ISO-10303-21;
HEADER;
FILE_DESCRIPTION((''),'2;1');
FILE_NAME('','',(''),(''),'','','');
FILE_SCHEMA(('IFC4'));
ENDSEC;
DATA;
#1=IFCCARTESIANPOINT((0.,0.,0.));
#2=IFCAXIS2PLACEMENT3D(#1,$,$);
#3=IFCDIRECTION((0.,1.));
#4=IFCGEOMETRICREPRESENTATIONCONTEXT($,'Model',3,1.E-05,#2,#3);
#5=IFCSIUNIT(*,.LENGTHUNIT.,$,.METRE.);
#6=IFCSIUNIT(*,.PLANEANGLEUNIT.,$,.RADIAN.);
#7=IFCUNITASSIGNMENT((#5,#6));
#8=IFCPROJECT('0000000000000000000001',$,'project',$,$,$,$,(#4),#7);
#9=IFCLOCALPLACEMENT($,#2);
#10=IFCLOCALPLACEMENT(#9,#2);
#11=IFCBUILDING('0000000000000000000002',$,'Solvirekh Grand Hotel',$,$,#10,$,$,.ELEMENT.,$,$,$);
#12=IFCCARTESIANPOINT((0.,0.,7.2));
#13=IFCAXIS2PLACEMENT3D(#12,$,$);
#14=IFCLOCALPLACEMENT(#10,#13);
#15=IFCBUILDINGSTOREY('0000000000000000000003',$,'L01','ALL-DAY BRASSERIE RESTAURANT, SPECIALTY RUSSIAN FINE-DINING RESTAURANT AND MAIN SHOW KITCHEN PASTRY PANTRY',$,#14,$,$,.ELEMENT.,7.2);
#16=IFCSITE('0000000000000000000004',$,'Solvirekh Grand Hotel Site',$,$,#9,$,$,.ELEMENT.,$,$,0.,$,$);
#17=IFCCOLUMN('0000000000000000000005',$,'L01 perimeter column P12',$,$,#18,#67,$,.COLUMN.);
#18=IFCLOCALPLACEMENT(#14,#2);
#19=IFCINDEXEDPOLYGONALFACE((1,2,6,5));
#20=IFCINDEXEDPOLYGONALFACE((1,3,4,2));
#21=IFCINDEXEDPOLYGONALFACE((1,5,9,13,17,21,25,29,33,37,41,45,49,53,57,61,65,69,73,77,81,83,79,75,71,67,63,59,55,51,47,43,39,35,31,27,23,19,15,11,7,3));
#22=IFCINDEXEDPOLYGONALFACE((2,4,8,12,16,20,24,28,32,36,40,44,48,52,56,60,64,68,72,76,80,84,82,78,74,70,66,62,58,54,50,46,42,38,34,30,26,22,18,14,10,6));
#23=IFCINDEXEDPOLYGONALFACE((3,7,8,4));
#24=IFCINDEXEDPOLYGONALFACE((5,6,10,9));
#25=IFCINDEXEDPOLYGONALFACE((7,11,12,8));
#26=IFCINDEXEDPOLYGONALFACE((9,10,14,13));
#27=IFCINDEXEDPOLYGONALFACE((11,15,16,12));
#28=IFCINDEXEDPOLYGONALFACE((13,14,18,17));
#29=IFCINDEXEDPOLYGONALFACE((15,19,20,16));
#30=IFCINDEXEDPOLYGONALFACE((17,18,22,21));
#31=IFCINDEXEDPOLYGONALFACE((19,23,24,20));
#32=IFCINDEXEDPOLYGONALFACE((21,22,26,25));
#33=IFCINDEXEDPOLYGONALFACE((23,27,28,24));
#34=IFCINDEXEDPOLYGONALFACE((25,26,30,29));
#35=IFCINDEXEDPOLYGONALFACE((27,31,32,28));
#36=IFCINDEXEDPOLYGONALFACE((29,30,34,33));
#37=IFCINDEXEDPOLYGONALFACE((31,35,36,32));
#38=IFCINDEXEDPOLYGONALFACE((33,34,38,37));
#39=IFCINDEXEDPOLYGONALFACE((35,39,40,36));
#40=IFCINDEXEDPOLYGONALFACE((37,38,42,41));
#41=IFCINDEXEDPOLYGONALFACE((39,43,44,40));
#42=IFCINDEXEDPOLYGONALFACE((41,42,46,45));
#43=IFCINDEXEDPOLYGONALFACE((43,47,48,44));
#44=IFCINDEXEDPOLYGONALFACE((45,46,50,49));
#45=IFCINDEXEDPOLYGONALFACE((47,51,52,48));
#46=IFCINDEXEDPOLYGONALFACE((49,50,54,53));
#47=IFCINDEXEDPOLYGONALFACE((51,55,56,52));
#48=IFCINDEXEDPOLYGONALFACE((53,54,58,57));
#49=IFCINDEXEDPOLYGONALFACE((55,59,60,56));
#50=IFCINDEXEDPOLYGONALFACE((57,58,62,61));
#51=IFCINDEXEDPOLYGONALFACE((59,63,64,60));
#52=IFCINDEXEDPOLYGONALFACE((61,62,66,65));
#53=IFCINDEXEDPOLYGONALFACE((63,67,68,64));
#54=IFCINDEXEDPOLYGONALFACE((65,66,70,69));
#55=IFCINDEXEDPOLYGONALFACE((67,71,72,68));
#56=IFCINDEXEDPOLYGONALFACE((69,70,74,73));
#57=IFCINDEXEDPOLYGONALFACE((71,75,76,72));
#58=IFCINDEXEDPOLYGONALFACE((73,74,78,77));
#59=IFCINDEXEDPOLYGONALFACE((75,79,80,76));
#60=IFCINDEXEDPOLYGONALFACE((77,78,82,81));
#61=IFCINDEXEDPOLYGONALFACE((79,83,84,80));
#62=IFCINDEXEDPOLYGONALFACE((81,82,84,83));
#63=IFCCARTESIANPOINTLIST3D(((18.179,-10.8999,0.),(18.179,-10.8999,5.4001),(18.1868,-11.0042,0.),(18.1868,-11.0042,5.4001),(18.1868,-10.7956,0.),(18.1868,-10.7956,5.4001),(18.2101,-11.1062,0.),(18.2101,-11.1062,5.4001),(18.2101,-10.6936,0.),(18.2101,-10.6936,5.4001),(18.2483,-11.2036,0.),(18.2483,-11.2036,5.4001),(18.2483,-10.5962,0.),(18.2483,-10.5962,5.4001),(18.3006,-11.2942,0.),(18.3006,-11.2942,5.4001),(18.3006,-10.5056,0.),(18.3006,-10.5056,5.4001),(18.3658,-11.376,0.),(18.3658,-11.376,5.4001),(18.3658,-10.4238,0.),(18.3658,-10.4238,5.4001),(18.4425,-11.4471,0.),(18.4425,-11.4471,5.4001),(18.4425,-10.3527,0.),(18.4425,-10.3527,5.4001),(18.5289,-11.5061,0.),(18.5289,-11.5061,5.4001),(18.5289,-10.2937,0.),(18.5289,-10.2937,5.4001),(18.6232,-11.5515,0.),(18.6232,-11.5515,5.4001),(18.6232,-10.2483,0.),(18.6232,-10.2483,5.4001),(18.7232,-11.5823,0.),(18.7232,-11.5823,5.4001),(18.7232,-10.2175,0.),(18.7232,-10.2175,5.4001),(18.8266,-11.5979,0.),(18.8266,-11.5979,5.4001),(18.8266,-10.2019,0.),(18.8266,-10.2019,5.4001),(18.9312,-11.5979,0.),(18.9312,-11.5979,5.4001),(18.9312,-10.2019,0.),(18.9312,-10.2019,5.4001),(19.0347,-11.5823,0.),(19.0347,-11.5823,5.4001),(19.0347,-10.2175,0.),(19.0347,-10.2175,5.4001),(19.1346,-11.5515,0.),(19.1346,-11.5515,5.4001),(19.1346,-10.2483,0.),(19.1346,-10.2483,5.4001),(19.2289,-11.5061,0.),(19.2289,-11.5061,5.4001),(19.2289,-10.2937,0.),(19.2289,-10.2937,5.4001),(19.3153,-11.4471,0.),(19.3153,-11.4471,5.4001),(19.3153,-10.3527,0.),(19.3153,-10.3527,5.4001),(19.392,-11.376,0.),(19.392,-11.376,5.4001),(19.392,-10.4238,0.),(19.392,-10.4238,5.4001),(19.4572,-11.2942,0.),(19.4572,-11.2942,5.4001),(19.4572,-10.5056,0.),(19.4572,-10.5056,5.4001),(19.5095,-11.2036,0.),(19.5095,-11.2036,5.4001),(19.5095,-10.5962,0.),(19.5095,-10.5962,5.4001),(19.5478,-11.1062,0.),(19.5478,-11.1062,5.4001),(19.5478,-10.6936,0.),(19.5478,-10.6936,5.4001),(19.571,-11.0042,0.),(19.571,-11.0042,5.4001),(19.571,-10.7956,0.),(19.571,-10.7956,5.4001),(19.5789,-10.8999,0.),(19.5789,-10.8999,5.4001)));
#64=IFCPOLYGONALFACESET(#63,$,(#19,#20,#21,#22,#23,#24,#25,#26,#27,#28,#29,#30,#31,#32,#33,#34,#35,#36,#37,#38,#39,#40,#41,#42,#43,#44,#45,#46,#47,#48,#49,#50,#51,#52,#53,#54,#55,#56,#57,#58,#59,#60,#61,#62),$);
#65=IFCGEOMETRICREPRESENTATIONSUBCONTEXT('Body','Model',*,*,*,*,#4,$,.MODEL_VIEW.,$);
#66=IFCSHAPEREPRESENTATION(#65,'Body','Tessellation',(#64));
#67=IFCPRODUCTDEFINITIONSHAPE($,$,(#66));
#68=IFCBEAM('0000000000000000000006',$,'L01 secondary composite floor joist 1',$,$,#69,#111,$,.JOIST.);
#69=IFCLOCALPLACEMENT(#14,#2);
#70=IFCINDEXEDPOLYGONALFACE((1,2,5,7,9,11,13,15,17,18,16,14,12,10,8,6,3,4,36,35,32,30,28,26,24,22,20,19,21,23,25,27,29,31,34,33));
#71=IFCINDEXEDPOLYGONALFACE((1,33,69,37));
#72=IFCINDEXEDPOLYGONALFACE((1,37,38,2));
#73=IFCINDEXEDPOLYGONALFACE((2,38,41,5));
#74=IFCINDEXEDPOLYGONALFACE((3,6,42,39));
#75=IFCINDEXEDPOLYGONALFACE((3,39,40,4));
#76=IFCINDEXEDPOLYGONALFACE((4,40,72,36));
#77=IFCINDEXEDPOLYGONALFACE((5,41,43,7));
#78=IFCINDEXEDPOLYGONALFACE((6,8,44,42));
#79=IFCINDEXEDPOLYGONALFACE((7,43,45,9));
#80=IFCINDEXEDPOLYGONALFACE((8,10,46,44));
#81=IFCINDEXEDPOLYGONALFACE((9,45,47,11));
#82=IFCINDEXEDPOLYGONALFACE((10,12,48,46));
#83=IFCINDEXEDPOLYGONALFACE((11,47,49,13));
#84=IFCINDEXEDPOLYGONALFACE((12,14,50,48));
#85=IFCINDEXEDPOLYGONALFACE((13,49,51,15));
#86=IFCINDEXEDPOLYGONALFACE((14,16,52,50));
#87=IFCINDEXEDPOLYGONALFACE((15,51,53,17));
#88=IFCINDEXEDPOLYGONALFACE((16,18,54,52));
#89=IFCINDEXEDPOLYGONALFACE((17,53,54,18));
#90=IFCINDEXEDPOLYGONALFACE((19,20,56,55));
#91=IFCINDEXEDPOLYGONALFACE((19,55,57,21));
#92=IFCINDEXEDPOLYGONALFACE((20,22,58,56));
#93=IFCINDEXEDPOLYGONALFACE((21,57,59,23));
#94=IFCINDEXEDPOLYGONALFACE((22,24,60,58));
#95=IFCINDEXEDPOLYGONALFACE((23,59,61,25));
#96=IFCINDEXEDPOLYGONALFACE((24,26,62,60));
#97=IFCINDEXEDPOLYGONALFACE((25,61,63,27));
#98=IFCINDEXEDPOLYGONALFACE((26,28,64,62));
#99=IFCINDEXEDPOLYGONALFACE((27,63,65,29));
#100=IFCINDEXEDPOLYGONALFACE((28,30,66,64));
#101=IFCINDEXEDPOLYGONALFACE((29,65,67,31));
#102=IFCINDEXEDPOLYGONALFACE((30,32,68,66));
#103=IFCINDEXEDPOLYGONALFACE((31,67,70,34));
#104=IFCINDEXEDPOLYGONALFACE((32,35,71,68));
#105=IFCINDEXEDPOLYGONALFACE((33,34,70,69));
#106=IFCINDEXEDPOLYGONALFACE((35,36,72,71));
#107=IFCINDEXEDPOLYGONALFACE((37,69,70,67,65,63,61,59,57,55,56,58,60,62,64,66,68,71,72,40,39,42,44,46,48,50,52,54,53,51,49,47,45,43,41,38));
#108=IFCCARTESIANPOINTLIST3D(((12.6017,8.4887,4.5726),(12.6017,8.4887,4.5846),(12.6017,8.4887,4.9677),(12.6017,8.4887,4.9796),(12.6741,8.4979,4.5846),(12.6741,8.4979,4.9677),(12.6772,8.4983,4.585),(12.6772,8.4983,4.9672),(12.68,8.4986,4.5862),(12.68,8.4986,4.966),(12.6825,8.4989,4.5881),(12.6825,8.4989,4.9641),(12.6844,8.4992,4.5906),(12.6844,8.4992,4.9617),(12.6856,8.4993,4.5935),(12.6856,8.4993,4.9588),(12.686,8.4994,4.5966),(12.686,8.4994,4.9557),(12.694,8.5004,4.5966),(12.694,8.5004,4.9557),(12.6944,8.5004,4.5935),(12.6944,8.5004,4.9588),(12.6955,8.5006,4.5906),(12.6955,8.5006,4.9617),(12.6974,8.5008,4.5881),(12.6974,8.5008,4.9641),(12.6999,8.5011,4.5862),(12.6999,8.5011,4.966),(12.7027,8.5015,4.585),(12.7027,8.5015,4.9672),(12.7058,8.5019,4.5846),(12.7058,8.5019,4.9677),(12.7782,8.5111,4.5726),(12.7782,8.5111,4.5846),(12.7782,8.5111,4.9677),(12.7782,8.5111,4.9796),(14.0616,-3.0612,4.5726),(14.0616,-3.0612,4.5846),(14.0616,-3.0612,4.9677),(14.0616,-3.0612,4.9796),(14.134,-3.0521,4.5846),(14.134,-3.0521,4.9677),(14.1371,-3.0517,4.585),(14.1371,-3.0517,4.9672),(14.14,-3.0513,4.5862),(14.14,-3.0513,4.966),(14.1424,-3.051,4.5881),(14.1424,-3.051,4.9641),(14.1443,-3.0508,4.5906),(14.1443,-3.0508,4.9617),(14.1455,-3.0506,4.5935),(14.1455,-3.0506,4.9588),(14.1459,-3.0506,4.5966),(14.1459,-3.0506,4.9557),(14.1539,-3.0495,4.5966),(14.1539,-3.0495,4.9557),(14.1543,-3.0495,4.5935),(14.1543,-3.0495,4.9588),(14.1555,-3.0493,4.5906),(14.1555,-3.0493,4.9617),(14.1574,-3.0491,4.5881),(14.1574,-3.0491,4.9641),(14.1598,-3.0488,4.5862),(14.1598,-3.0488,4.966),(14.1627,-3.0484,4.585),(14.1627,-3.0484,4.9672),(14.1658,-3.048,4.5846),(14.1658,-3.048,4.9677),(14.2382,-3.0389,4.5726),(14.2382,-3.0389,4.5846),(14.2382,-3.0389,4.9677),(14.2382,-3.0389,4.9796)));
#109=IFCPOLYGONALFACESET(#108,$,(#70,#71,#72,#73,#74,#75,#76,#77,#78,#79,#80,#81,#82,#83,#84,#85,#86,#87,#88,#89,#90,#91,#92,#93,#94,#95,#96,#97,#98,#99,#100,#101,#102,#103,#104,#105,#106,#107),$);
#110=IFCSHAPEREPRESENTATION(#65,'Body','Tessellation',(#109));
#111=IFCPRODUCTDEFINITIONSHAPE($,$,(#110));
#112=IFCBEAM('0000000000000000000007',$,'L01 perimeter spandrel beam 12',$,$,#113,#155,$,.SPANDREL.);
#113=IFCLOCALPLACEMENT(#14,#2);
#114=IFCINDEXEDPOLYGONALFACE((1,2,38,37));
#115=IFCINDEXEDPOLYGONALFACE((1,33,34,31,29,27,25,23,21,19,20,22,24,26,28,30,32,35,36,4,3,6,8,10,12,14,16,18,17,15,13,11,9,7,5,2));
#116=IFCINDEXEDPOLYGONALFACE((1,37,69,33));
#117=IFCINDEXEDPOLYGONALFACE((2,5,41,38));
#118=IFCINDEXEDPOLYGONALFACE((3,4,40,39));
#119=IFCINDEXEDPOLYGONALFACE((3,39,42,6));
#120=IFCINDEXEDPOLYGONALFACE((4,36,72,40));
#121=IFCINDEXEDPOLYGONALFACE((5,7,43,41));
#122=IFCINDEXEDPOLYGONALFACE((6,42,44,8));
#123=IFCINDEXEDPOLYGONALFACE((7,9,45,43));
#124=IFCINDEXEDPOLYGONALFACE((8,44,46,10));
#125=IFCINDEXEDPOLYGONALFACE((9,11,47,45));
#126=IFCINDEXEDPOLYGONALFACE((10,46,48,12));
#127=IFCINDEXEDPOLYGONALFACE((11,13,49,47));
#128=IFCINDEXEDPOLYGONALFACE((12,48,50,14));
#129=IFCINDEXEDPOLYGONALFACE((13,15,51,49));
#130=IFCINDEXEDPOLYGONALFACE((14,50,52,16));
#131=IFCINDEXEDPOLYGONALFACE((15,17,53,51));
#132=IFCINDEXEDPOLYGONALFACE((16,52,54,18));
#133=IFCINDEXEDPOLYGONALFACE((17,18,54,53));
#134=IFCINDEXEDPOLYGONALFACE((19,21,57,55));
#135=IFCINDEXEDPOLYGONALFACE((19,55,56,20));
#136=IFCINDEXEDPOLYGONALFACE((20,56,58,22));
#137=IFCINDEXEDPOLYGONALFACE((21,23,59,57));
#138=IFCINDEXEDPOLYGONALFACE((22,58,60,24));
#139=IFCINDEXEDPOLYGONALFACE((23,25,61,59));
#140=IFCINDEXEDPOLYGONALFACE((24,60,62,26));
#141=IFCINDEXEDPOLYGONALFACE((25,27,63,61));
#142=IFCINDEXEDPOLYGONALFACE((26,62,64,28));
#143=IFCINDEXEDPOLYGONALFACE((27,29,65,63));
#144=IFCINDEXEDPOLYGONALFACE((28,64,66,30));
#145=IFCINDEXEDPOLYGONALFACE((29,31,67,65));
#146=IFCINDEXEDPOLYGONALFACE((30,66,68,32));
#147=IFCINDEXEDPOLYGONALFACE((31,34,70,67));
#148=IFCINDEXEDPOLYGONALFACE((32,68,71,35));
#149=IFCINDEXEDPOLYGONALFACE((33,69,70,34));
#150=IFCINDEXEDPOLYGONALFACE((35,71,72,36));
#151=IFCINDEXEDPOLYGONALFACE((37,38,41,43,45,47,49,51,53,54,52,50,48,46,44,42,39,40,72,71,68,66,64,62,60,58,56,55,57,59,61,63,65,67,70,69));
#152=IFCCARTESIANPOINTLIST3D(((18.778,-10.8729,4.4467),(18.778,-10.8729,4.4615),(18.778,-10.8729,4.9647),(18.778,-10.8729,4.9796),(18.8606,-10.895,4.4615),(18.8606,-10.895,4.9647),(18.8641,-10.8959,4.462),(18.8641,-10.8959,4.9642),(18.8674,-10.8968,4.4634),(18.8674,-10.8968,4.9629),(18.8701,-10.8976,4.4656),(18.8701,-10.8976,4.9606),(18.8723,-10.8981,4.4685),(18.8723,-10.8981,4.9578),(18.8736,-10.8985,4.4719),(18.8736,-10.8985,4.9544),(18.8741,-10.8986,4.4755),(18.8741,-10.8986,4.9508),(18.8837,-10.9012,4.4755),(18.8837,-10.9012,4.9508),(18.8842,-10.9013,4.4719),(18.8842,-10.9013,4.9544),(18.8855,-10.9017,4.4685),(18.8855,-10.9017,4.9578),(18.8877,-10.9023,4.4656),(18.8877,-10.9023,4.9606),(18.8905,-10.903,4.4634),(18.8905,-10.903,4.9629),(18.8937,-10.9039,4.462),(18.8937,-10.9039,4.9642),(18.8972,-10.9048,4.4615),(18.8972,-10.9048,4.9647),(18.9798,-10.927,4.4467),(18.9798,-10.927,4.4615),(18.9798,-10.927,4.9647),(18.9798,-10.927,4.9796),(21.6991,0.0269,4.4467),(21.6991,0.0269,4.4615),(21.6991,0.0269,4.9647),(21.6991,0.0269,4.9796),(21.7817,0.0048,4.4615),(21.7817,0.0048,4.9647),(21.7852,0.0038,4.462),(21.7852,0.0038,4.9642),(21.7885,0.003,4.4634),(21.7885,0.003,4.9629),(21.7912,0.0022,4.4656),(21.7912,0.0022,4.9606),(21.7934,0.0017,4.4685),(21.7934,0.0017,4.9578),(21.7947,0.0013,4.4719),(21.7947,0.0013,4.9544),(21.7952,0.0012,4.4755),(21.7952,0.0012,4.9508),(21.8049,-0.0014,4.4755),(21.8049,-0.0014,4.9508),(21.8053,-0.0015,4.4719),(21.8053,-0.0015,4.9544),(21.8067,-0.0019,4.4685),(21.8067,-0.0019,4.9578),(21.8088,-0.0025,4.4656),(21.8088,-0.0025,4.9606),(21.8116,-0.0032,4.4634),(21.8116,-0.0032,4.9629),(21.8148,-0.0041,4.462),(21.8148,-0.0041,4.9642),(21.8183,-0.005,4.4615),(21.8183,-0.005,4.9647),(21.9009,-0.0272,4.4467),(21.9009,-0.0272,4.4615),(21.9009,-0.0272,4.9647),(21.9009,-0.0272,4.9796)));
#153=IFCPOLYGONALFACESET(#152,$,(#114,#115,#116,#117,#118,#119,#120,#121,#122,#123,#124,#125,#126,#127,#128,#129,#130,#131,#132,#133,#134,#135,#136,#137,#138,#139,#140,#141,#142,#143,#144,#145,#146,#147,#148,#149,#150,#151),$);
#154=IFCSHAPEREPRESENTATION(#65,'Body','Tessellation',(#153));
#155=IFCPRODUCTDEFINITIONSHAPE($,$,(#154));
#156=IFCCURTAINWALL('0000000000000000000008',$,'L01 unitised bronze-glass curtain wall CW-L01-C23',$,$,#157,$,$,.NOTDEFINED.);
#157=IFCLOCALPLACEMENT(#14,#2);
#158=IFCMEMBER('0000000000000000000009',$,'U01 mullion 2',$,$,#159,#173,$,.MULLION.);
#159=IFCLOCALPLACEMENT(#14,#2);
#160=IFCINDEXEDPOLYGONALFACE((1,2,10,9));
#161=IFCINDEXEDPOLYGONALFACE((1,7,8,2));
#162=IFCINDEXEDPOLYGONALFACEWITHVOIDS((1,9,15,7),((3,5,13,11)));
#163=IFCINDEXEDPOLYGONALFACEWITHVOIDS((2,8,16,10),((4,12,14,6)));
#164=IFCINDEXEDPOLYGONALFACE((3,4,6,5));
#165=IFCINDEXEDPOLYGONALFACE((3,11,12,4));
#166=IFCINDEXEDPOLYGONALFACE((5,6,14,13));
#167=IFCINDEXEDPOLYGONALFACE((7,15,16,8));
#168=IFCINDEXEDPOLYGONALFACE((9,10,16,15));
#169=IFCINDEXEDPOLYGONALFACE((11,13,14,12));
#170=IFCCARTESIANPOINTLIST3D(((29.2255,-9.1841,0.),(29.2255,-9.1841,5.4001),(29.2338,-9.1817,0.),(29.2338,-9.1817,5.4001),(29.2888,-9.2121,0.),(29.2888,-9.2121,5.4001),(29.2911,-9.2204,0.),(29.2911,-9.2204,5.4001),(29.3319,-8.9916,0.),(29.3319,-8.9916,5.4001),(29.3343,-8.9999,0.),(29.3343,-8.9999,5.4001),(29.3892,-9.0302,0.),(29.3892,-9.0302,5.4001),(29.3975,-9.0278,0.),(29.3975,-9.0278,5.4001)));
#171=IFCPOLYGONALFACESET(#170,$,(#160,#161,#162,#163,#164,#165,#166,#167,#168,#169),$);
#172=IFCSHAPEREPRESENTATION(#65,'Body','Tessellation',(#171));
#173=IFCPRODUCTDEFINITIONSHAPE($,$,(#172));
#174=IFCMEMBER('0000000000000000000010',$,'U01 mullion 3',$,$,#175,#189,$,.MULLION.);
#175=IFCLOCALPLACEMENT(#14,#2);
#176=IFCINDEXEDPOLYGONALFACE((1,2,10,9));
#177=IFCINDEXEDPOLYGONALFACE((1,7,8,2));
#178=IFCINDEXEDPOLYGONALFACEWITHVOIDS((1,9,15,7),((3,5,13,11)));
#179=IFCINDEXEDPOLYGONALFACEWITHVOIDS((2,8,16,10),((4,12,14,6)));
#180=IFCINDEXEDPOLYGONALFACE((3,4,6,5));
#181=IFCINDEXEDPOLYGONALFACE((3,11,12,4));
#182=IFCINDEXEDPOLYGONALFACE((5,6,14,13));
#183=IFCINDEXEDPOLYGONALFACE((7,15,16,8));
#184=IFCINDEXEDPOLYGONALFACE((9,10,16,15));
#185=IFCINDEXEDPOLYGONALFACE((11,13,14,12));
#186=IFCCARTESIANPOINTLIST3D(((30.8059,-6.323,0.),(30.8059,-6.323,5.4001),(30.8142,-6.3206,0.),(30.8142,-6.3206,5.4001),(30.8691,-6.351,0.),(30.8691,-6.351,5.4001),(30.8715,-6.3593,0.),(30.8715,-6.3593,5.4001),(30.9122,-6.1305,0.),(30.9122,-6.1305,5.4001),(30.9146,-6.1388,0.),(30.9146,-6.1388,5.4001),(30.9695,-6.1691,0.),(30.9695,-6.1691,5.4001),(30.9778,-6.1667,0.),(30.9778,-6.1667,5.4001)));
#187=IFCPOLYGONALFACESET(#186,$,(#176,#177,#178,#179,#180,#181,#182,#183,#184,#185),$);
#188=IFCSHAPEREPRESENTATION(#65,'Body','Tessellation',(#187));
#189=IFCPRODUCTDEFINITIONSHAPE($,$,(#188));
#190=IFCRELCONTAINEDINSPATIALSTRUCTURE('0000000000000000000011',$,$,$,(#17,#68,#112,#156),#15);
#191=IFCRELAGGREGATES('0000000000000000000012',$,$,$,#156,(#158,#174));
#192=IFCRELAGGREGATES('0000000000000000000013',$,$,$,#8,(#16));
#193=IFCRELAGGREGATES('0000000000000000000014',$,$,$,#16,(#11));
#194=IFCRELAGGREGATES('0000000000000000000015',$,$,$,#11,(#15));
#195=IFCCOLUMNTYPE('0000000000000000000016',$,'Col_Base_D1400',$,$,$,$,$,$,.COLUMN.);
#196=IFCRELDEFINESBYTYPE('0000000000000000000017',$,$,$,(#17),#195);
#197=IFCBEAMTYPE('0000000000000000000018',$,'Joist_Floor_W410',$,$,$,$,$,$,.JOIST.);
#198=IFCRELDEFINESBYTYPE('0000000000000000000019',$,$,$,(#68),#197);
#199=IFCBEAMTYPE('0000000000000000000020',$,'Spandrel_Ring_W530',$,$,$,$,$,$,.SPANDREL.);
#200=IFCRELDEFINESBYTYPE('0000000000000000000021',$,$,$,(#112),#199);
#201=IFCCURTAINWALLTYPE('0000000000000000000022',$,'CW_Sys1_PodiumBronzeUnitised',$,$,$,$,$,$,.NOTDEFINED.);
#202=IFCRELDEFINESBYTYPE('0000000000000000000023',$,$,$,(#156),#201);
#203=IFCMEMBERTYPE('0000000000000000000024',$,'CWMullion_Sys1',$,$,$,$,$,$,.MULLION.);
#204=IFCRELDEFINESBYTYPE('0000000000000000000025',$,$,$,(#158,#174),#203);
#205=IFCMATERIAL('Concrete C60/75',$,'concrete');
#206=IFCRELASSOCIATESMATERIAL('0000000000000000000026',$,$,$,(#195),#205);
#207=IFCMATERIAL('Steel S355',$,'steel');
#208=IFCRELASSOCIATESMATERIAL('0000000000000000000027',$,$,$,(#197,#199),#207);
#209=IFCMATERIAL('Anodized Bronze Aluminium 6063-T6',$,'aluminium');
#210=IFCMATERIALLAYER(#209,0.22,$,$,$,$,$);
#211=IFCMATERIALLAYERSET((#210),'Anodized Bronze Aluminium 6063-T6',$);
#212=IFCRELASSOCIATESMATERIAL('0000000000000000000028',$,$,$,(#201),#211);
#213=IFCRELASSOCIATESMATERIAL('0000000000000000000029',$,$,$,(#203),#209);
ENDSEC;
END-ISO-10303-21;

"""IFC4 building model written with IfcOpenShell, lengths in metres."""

from ifc_helpers import new_model, si_unit, direction, frame, origin, origin_2d, place, context, subcontext, project, spatial, hollow_rectangle, circle, i_section, extrude, source, transform, mapped, material, layer, layer_set, material_profile, profile_set, type_object, element, aggregate, save


model = new_model("IFC4")

# Units and contexts
model_context = context("Model", 3, precision=1e-05, world=origin(), true_north=direction((0.0, 1.0)))
body_context = subcontext(model_context, "Body", "Model", "MODEL_VIEW")
ifc_project = project(units=[si_unit("LENGTHUNIT", "METRE"), si_unit("PLANEANGLEUNIT", "RADIAN")], contexts=[model_context])

# Site, building, storey
site_placement = place(None, origin())
site = spatial("IfcSite", under=ifc_project, at=site_placement, Name="Solvirekh Grand Hotel Site", CompositionType="ELEMENT", RefElevation=0.0)
building_placement = place(site_placement, origin())
building = spatial("IfcBuilding", under=site, at=building_placement, Name="Solvirekh Grand Hotel", CompositionType="ELEMENT")
storey_placement = place(building_placement, frame((0.0, 0.0, 7.2)))
storey = spatial("IfcBuildingStorey", under=building, at=storey_placement, Name="L01", Description="ALL-DAY BRASSERIE RESTAURANT, SPECIALTY RUSSIAN FINE-DINING RESTAURANT AND MAIN SHOW KITCHEN PASTRY PANTRY", CompositionType="ELEMENT", Elevation=7.2)

# Column
ifc_material_1 = material(Name="Concrete C60/75", Category="concrete")
ifc_material_profile_1 = material_profile(ifc_material_1, circle(Radius=0.7, at=origin_2d()), Name="RC CIRC D1400")
ifc_profile_set_1 = profile_set([ifc_material_profile_1], Name="Concrete C60/75")
column_type = type_object("IfcColumnType", Name="Col_Base_D1400", PredefinedType="COLUMN", material=ifc_profile_set_1)
column_placement = place(storey_placement, frame((18.8789, -10.8999, 0.0), z_axis=(0.0, 0.0, 1.0), x_axis=(1.0, 0.0, 0.0)))
element("IfcColumn", 1, at=column_placement, inside=storey, type_object=column_type, Name="L01 perimeter column P12", PredefinedType="COLUMN", context=body_context, shape_type="SweptSolid", body=[
    extrude(circle(Radius=0.7, at=origin_2d()), origin(), (0.0, 0.0, 1.0), 5.4001),
])

# Beams
ifc_material_2 = material(Name="Steel S355", Category="steel")
ifc_material_profile_2 = material_profile(ifc_material_2, i_section(OverallWidth=0.178, OverallDepth=0.407, WebThickness=0.0081, FlangeThickness=0.012, FilletRadius=0.012, at=origin_2d()), Name="W410X60")
ifc_profile_set_2 = profile_set([ifc_material_profile_2], Name="Steel S355")
beam_type_1 = type_object("IfcBeamType", Name="Joist_Floor_W410", PredefinedType="JOIST", material=ifc_profile_set_2)
beam_1_placement = place(storey_placement, frame((14.1499, -3.05, 4.7761), z_axis=(-0.125405, 0.992106, 0.0), x_axis=(-0.992106, -0.125405, 0.0)))
element("IfcBeam", 2, at=beam_1_placement, inside=storey, type_object=beam_type_1, Name="L01 secondary composite floor joist 1", PredefinedType="JOIST", context=body_context, shape_type="SweptSolid", body=[
    extrude(i_section(OverallWidth=0.178, OverallDepth=0.407, WebThickness=0.0081, FlangeThickness=0.012, FilletRadius=0.012, at=origin_2d()), origin(), (0.0, 0.0, 1.0), 11.6418),
])
ifc_material_profile_3 = material_profile(ifc_material_2, i_section(OverallWidth=0.209, OverallDepth=0.533, WebThickness=0.01, FlangeThickness=0.0149, FilletRadius=0.0139, at=origin_2d()), Name="W530X92")
ifc_profile_set_3 = profile_set([ifc_material_profile_3], Name="Steel S355")
beam_type_2 = type_object("IfcBeamType", Name="Spandrel_Ring_W530", PredefinedType="SPANDREL", material=ifc_profile_set_3)
beam_2_placement = place(storey_placement, frame((18.8789, -10.8999, 4.7131), z_axis=(0.258862, 0.965914, 0.0), x_axis=(-0.965914, 0.258862, 0.0)))
element("IfcBeam", 3, at=beam_2_placement, inside=storey, type_object=beam_type_2, Name="L01 perimeter spandrel beam 12", PredefinedType="SPANDREL", context=body_context, shape_type="SweptSolid", body=[
    extrude(i_section(OverallWidth=0.209, OverallDepth=0.533, WebThickness=0.01, FlangeThickness=0.0149, FilletRadius=0.0139, at=origin_2d()), origin(), (0.0, 0.0, 1.0), 11.2844),
])

# Curtain wall, members
ifc_material_3 = material(Name="Anodized Bronze Aluminium 6063-T6", Category="aluminium")
ifc_layer_1 = layer(ifc_material_3, 0.22)
ifc_layer_set_1 = layer_set([ifc_layer_1], Name="Anodized Bronze Aluminium 6063-T6")
curtain_wall_type = type_object("IfcCurtainWallType", Name="CW_Sys1_PodiumBronzeUnitised", PredefinedType="NOTDEFINED", material=ifc_layer_set_1)
curtain_wall_1_placement = place(storey_placement, origin())
curtain_wall_1 = element("IfcCurtainWall", 4, at=curtain_wall_1_placement, inside=storey, type_object=curtain_wall_type, Name="L01 unitised bronze-glass curtain wall CW-L01-C23", PredefinedType="NOTDEFINED")
ifc_material_profile_4 = material_profile(ifc_material_3, hollow_rectangle(XDim=0.075, YDim=0.22, WallThickness=0.0061, at=origin_2d()), Name="ALU RHS 220X75X6")
ifc_profile_set_4 = profile_set([ifc_material_profile_4], Name="Anodized Bronze Aluminium 6063-T6")
member_type_1 = type_object("IfcMemberType", Name="CWMullion_Sys1", PredefinedType="MULLION", material=ifc_profile_set_4)
shared_shape_1 = source(origin(), body_context, "Body", "SweptSolid", [
    extrude(hollow_rectangle(XDim=0.075, YDim=0.22, WallThickness=0.0061, at=origin_2d()), origin(), (0.0, 0.0, 1.0), 5.4001),
])
member_1_placement = place(storey_placement, frame((29.3115, -9.106, 0.0), z_axis=(0.0, 0.0, 1.0), x_axis=(-0.875346, 0.483497, 0.0)))
member_1 = element("IfcMember", 5, at=member_1_placement, type_object=member_type_1, Name="U01 mullion 2", PredefinedType="MULLION", context=body_context, shape_type="MappedRepresentation", body=[
    mapped(shared_shape_1, transform((0.0, 0.0, 0.0), x_axis=(1.0, 0.0, 0.0), y_axis=(0.0, 1.0, 0.0), z_axis=(0.0, 0.0, 1.0), scale=1.0)),
])
member_2_placement = place(storey_placement, frame((30.8918, -6.2449, 0.0), z_axis=(0.0, 0.0, 1.0), x_axis=(-0.875346, 0.483497, 0.0)))
member_2 = element("IfcMember", 6, at=member_2_placement, type_object=member_type_1, Name="U01 mullion 3", PredefinedType="MULLION", context=body_context, shape_type="MappedRepresentation", body=[
    mapped(shared_shape_1, transform((0.0, 0.0, 0.0), x_axis=(1.0, 0.0, 0.0), y_axis=(0.0, 1.0, 0.0), z_axis=(0.0, 0.0, 1.0), scale=1.0)),
])

aggregate(curtain_wall_1, [member_1, member_2])

save(model, "model.ifc")
